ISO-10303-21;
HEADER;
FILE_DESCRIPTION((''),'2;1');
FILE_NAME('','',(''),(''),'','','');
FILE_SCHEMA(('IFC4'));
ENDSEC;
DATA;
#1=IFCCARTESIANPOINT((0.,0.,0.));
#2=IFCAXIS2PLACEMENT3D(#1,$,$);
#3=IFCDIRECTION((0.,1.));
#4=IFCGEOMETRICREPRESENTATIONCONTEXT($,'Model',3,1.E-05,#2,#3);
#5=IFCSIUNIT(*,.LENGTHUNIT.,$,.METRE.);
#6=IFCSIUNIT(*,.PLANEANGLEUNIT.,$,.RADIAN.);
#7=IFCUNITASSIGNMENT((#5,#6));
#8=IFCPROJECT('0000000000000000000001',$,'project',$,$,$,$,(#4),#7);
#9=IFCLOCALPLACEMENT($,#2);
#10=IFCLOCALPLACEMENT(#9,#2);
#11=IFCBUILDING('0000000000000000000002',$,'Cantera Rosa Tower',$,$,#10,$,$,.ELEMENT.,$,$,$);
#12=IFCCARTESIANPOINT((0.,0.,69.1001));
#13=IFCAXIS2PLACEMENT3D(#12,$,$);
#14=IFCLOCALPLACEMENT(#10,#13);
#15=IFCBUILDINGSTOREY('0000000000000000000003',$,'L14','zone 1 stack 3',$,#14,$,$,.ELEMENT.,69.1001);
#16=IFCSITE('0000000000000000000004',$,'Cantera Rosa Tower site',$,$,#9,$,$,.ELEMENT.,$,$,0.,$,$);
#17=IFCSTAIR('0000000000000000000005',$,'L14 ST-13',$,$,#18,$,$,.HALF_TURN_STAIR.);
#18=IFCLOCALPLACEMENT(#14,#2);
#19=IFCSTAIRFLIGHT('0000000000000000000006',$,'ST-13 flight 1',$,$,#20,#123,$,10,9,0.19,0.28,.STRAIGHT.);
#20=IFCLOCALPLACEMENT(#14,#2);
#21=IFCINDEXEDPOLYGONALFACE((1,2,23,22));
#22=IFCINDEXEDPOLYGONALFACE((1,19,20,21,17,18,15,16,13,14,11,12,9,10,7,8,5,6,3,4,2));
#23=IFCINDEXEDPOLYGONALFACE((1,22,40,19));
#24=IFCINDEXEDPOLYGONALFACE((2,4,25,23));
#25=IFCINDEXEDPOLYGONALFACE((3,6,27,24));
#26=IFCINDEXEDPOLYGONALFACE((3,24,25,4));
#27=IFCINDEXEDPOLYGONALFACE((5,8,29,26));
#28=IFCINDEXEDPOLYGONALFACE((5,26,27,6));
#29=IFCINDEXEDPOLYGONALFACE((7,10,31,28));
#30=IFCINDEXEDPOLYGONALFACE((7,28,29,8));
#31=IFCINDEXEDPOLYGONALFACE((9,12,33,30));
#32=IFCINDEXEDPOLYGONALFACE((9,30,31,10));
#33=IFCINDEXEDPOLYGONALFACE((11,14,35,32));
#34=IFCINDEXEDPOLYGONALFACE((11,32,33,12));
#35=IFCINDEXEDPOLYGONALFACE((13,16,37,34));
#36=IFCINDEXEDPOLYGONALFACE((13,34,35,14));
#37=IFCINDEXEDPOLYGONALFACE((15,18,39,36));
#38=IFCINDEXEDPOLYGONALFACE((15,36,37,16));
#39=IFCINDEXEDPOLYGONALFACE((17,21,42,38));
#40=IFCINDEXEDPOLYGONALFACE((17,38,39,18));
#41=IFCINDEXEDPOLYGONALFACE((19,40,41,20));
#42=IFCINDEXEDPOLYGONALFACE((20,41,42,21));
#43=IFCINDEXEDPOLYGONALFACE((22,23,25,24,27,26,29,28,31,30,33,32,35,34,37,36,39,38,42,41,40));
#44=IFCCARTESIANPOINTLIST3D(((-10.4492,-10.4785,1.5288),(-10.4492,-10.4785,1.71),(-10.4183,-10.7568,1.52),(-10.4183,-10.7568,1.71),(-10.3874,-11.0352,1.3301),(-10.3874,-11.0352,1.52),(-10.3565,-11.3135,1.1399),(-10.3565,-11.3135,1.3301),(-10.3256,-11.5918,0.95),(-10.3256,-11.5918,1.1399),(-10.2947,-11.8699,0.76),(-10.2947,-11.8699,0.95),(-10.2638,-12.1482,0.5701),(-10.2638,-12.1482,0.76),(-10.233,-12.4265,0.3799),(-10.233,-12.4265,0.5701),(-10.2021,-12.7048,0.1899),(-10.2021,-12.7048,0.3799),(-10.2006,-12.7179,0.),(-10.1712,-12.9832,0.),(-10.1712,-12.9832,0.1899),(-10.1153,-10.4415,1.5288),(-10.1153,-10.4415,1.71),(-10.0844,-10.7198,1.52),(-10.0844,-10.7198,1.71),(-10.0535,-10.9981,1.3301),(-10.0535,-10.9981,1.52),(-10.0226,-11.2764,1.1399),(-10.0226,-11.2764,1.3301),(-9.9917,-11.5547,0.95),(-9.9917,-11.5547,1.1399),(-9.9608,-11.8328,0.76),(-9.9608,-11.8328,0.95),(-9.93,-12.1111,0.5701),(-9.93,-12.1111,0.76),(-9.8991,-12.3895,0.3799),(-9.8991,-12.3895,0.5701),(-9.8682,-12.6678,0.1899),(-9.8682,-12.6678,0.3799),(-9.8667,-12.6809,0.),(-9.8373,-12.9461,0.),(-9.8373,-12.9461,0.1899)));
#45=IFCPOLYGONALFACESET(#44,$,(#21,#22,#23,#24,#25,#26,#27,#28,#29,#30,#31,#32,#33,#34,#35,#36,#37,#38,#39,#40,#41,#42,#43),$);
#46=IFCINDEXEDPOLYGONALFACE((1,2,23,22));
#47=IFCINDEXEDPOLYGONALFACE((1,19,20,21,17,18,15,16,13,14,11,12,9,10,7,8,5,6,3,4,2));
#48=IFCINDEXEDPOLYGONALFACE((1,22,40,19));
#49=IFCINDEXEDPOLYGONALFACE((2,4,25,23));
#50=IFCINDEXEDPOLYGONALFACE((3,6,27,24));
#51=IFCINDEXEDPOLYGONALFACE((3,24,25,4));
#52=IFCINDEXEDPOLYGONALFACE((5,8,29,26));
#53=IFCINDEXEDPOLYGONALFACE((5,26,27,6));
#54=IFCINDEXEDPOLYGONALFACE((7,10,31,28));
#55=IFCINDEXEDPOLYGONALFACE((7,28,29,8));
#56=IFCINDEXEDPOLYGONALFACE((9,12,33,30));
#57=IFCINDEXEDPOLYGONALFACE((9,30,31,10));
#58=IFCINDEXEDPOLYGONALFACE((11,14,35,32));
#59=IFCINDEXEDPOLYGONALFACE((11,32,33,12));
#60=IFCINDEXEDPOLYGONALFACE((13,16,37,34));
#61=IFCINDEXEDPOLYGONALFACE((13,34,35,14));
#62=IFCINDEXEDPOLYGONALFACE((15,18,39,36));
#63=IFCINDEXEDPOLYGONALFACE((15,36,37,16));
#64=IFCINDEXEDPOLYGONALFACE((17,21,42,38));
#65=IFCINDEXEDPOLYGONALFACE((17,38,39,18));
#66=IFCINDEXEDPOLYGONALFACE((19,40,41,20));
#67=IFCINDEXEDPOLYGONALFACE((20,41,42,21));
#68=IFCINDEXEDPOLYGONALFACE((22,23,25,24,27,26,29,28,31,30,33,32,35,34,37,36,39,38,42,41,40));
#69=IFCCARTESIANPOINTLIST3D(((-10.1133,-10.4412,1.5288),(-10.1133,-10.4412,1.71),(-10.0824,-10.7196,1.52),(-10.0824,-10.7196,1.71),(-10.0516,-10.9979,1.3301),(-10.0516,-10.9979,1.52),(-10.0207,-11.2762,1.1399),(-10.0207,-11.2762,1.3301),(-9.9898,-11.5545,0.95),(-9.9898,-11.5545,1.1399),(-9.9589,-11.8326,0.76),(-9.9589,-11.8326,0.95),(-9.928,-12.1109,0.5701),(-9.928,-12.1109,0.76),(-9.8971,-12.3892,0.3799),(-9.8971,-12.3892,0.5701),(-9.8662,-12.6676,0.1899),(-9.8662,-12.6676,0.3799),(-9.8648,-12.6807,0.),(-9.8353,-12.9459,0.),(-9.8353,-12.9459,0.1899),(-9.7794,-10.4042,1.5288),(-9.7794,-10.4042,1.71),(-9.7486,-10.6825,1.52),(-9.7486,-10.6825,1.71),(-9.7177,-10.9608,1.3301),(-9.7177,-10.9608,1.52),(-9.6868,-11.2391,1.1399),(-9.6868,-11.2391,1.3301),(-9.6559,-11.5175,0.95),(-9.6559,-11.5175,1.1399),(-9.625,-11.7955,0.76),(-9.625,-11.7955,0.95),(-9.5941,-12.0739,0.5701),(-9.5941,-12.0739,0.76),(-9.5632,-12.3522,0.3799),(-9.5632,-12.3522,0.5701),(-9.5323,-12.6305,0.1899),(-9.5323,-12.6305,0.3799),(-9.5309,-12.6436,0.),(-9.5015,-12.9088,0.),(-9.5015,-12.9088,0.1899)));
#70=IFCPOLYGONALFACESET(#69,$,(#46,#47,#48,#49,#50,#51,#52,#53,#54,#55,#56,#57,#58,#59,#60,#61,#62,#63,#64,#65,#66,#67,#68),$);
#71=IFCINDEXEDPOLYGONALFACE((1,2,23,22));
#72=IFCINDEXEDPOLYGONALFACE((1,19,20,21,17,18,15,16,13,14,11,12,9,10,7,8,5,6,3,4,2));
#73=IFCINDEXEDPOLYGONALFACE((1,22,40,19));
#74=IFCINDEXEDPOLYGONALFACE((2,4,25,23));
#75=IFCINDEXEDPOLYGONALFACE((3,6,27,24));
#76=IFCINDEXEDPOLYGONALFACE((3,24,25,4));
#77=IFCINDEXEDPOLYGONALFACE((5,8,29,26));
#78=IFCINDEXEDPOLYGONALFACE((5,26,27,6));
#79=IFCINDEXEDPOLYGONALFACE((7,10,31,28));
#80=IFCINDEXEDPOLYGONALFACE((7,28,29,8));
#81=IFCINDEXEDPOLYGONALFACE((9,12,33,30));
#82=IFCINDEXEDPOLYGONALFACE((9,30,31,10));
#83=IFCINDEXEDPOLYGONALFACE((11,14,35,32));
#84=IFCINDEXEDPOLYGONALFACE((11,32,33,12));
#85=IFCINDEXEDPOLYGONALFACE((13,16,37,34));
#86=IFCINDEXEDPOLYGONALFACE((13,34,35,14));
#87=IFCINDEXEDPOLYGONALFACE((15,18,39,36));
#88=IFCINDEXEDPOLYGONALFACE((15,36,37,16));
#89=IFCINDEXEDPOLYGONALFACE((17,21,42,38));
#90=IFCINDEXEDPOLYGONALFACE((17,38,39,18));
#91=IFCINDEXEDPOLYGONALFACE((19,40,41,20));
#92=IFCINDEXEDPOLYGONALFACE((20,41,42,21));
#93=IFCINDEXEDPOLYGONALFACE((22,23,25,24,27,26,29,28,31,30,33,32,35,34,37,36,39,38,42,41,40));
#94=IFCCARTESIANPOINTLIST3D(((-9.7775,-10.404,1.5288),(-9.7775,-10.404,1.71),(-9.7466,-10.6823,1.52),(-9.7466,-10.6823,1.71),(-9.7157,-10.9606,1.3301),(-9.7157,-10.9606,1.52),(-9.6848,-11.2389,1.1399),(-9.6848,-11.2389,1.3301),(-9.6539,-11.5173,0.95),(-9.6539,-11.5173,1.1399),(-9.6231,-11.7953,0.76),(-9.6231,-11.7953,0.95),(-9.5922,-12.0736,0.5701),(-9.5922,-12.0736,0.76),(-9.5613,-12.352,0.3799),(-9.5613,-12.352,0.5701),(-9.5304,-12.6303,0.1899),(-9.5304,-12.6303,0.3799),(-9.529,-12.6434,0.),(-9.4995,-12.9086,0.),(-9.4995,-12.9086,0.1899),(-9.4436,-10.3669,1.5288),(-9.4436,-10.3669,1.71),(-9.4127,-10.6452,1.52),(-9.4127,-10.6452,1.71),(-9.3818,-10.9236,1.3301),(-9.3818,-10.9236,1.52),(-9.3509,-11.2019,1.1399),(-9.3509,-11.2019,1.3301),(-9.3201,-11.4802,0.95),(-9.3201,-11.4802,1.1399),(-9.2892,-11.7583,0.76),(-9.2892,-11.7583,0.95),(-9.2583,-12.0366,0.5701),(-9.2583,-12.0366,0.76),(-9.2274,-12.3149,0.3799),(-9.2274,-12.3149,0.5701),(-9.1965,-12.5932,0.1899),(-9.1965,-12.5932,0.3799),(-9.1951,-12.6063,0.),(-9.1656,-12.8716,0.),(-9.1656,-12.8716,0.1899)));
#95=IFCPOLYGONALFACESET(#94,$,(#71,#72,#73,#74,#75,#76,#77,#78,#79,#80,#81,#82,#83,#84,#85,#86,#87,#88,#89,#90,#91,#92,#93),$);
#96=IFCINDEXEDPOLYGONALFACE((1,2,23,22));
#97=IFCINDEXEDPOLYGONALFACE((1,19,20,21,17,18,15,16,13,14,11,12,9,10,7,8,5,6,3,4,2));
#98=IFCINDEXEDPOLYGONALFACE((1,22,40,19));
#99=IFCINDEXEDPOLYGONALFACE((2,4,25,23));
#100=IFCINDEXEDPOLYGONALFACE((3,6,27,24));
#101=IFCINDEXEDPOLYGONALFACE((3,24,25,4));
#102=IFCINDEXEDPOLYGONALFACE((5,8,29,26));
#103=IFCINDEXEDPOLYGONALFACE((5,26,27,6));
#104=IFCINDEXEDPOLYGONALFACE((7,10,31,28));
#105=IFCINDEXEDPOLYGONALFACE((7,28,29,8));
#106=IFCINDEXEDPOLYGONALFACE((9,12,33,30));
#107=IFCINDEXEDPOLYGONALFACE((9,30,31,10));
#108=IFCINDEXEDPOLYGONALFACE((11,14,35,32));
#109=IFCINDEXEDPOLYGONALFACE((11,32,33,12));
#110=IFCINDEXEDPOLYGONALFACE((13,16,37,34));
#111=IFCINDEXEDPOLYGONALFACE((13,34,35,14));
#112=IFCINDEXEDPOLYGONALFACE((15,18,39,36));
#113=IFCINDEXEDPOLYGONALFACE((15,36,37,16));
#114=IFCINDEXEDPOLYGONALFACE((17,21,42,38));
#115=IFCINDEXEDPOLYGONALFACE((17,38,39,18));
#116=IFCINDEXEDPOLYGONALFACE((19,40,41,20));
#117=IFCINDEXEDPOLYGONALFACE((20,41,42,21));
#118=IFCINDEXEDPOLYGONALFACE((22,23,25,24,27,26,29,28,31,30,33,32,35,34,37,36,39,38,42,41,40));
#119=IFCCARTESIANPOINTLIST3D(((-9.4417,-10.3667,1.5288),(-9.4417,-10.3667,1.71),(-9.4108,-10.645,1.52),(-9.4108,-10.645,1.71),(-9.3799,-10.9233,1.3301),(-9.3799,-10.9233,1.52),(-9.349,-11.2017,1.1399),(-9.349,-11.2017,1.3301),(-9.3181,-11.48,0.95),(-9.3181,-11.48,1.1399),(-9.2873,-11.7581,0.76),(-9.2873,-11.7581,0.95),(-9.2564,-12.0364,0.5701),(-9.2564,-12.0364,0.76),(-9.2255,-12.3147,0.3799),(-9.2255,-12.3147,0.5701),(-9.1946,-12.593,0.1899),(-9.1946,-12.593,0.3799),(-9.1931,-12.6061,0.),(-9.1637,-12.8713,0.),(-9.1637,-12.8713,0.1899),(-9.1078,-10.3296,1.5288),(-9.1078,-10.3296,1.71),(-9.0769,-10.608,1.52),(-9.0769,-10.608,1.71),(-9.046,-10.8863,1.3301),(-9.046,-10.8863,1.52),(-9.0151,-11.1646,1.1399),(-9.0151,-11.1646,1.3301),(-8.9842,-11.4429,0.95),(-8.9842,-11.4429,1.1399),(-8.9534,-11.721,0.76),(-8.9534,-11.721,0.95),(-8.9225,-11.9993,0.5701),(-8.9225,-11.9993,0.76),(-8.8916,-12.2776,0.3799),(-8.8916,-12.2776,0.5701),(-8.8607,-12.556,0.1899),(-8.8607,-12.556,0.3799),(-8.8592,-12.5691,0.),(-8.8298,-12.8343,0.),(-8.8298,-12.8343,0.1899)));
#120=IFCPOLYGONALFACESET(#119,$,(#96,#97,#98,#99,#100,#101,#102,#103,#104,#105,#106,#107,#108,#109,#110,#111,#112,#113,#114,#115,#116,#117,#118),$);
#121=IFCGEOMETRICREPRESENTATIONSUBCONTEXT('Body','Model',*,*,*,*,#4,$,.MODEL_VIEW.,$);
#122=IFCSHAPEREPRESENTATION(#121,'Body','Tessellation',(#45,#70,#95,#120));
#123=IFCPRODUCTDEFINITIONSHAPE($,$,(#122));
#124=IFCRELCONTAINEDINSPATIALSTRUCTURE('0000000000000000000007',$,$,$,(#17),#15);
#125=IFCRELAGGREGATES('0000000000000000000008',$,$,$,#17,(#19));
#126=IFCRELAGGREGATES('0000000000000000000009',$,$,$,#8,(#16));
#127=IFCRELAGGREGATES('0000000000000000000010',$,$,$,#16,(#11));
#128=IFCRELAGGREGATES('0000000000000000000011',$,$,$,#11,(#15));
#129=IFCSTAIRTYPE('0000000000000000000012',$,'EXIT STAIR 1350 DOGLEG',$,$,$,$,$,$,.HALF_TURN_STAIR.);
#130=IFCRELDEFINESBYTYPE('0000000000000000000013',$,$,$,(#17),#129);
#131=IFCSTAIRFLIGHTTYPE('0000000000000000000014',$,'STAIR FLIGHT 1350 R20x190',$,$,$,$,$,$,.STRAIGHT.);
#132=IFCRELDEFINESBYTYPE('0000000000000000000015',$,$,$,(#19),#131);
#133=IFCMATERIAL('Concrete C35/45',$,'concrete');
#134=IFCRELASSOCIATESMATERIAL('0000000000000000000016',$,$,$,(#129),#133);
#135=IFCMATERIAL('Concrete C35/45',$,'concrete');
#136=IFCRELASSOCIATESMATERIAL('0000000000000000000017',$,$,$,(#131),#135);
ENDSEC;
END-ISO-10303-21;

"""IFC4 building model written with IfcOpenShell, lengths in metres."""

from ifc_helpers import new_model, si_unit, direction, frame, origin, place, context, subcontext, project, spatial, polyline, outline, extrude, material, type_object, element, aggregate, save


model = new_model("IFC4")

# Units and contexts
model_context = context("Model", 3, precision=1e-05, world=origin(), true_north=direction((0.0, 1.0)))
body_context = subcontext(model_context, "Body", "Model", "MODEL_VIEW")
ifc_project = project(units=[si_unit("LENGTHUNIT", "METRE"), si_unit("PLANEANGLEUNIT", "RADIAN")], contexts=[model_context])

# Site, building, storey
site_placement = place(None, origin())
site = spatial("IfcSite", under=ifc_project, at=site_placement, Name="Cantera Rosa Tower site", CompositionType="ELEMENT", RefElevation=0.0)
building_placement = place(site_placement, origin())
building = spatial("IfcBuilding", under=site, at=building_placement, Name="Cantera Rosa Tower", CompositionType="ELEMENT")
storey_placement = place(building_placement, frame((0.0, 0.0, 69.1001)))
storey = spatial("IfcBuildingStorey", under=building, at=storey_placement, Name="L14", Description="zone 1 stack 3", CompositionType="ELEMENT", Elevation=69.1001)

# Stair, stair flight
ifc_material_1 = material(Name="Concrete C35/45", Category="concrete")
stair_type = type_object("IfcStairType", Name="EXIT STAIR 1350 DOGLEG", PredefinedType="HALF_TURN_STAIR", material=ifc_material_1)
stair_placement = place(storey_placement, origin())
stair = element("IfcStair", 1, at=stair_placement, inside=storey, type_object=stair_type, Name="L14 ST-13", PredefinedType="HALF_TURN_STAIR")
ifc_material_2 = material(Name="Concrete C35/45", Category="concrete")
stair_flight_type = type_object("IfcStairFlightType", Name="STAIR FLIGHT 1350 R20x190", PredefinedType="STRAIGHT", material=ifc_material_2)
stair_flight_placement = place(storey_placement, frame((-9.5002, -12.9087, 0.0), z_axis=(0.0, 0.0, 1.0), x_axis=(-0.110313, 0.993897, 0.0)))
stair_flight = element("IfcStairFlight", 2, at=stair_flight_placement, type_object=stair_flight_type, Name="ST-13 flight 1", NumberOfRisers=10, NumberOfTreads=9, PredefinedType="STRAIGHT", RiserHeight=0.19, TreadLength=0.28, context=body_context, shape_type="SweptSolid", body=[
    extrude(outline(polyline([(0.0, 0.0), (0.0, 0.1899), (0.28, 0.1899), (0.28, 0.3799), (0.5601, 0.3799), (0.5601, 0.5701), (0.8401, 0.5701), (0.8401, 0.76), (1.1201, 0.76), (1.1201, 0.95), (1.3999, 0.95), (1.3999, 1.1399), (1.6799, 1.1399), (1.6799, 1.3301), (1.96, 1.3301), (1.96, 1.52), (2.24, 1.52), (2.24, 1.71), (2.52, 1.71), (2.52, 1.8999), (2.52, 1.5288), (0.2668, 0.0), (0.0, 0.0)])), frame((0.0, 0.675, 0.0), z_axis=(0.0, -1.0, 0.0), x_axis=(1.0, 0.0, 0.0)), (0.0, 0.0, 1.0), 0.3359),
    extrude(outline(polyline([(0.0, 0.0), (0.0, 0.1899), (0.28, 0.1899), (0.28, 0.3799), (0.5601, 0.3799), (0.5601, 0.5701), (0.8401, 0.5701), (0.8401, 0.76), (1.1201, 0.76), (1.1201, 0.95), (1.3999, 0.95), (1.3999, 1.1399), (1.6799, 1.1399), (1.6799, 1.3301), (1.96, 1.3301), (1.96, 1.52), (2.24, 1.52), (2.24, 1.71), (2.52, 1.71), (2.52, 1.8999), (2.52, 1.5288), (0.2668, 0.0), (0.0, 0.0)])), frame((0.0, 0.3372, 0.0), z_axis=(0.0, -1.0, 0.0), x_axis=(1.0, 0.0, 0.0)), (0.0, 0.0, 1.0), 0.3359),
    extrude(outline(polyline([(0.0, 0.0), (0.0, 0.1899), (0.28, 0.1899), (0.28, 0.3799), (0.5601, 0.3799), (0.5601, 0.5701), (0.8401, 0.5701), (0.8401, 0.76), (1.1201, 0.76), (1.1201, 0.95), (1.3999, 0.95), (1.3999, 1.1399), (1.6799, 1.1399), (1.6799, 1.3301), (1.96, 1.3301), (1.96, 1.52), (2.24, 1.52), (2.24, 1.71), (2.52, 1.71), (2.52, 1.8999), (2.52, 1.5288), (0.2668, 0.0), (0.0, 0.0)])), frame((0.0, -0.0007, 0.0), z_axis=(0.0, -1.0, 0.0), x_axis=(1.0, 0.0, 0.0)), (0.0, 0.0, 1.0), 0.3359),
    extrude(outline(polyline([(0.0, 0.0), (0.0, 0.1899), (0.28, 0.1899), (0.28, 0.3799), (0.5601, 0.3799), (0.5601, 0.5701), (0.8401, 0.5701), (0.8401, 0.76), (1.1201, 0.76), (1.1201, 0.95), (1.3999, 0.95), (1.3999, 1.1399), (1.6799, 1.1399), (1.6799, 1.3301), (1.96, 1.3301), (1.96, 1.52), (2.24, 1.52), (2.24, 1.71), (2.52, 1.71), (2.52, 1.8999), (2.52, 1.5288), (0.2668, 0.0), (0.0, 0.0)])), frame((0.0, -0.3386, 0.0), z_axis=(0.0, -1.0, 0.0), x_axis=(1.0, 0.0, 0.0)), (0.0, 0.0, 1.0), 0.3359),
])
aggregate(stair, [stair_flight])

save(model, "model.ifc")
